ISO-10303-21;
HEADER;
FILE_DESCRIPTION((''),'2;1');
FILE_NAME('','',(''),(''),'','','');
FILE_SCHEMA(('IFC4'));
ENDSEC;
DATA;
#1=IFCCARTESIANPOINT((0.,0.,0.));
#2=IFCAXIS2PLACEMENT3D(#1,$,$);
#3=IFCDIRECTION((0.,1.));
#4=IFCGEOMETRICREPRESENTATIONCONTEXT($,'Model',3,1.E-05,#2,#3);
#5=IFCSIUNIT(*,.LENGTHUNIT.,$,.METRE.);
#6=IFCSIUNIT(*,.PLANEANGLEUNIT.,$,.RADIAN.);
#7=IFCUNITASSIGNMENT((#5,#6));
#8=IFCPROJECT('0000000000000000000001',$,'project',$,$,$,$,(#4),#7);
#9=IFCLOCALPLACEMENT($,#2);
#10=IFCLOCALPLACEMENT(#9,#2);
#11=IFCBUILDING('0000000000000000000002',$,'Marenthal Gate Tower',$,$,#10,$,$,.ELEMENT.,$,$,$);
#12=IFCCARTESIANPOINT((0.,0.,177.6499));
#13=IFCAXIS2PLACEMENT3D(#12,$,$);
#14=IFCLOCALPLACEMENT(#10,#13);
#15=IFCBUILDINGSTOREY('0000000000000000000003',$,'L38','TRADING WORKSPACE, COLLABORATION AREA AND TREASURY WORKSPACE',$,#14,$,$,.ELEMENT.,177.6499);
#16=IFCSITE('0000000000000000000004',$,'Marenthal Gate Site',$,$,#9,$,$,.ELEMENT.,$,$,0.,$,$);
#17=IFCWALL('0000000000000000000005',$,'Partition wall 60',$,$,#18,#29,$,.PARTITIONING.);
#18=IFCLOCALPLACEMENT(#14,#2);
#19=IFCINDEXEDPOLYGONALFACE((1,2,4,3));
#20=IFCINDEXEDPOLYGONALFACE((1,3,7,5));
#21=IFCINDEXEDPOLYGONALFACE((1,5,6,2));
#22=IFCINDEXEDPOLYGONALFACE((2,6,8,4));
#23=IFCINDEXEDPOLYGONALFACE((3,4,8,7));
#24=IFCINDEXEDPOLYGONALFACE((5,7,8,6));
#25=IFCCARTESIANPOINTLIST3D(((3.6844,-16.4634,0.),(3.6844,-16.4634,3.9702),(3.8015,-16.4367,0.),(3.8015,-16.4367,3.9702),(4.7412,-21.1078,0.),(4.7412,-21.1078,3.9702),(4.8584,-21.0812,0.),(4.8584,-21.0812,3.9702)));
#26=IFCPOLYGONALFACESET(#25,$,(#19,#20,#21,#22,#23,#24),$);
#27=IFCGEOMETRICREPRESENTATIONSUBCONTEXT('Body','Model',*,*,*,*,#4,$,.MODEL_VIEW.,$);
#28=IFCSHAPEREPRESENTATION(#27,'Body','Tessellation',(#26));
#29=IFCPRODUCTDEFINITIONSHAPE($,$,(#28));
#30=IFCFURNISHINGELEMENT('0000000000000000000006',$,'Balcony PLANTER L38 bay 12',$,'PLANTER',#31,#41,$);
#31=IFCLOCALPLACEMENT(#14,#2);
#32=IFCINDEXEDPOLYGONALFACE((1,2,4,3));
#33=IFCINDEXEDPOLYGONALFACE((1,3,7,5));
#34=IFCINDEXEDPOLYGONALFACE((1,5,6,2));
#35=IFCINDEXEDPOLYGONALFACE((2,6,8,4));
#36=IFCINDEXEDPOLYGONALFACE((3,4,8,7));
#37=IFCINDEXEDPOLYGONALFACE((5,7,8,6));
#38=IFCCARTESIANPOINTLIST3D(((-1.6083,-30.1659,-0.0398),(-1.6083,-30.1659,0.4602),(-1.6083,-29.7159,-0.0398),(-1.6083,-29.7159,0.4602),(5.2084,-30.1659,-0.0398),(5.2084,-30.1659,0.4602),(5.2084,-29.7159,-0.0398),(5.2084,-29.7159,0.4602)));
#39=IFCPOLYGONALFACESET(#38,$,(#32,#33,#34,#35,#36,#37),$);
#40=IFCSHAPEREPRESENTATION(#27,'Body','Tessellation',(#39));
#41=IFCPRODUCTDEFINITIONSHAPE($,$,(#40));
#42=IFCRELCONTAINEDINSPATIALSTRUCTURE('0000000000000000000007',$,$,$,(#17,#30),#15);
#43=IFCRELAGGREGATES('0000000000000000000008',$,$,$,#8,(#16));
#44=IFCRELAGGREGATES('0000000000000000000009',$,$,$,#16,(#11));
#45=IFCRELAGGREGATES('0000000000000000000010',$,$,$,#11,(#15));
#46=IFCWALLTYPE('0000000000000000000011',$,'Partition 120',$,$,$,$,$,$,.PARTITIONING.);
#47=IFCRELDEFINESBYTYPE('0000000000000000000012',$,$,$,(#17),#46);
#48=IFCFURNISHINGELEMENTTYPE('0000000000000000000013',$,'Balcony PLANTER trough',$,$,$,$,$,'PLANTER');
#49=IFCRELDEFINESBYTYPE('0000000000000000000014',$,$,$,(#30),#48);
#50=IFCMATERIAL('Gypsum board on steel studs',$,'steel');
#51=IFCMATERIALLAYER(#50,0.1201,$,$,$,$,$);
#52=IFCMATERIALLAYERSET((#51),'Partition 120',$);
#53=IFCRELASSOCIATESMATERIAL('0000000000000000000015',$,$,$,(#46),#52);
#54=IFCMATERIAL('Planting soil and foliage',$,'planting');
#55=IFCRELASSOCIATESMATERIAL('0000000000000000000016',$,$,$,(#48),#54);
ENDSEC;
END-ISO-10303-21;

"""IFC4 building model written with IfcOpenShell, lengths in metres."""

from ifc_helpers import new_model, si_unit, direction, frame, frame_2d, origin, origin_2d, place, context, subcontext, project, spatial, rectangle, extrude, material, layer, layer_set, type_object, element, save


model = new_model("IFC4")

# Units and contexts
model_context = context("Model", 3, precision=1e-05, world=origin(), true_north=direction((0.0, 1.0)))
body_context = subcontext(model_context, "Body", "Model", "MODEL_VIEW")
ifc_project = project(units=[si_unit("LENGTHUNIT", "METRE"), si_unit("PLANEANGLEUNIT", "RADIAN")], contexts=[model_context])

# Site, building, storey
site_placement = place(None, origin())
site = spatial("IfcSite", under=ifc_project, at=site_placement, Name="Marenthal Gate Site", CompositionType="ELEMENT", RefElevation=0.0)
building_placement = place(site_placement, origin())
building = spatial("IfcBuilding", under=site, at=building_placement, Name="Marenthal Gate Tower", CompositionType="ELEMENT")
storey_placement = place(building_placement, frame((0.0, 0.0, 177.6499)))
storey = spatial("IfcBuildingStorey", under=building, at=storey_placement, Name="L38", Description="TRADING WORKSPACE, COLLABORATION AREA AND TREASURY WORKSPACE", CompositionType="ELEMENT", Elevation=177.6499)

# Wall
ifc_material_1 = material(Name="Gypsum board on steel studs", Category="steel")
ifc_layer_1 = layer(ifc_material_1, 0.1201)
ifc_layer_set_1 = layer_set([ifc_layer_1], Name="Partition 120")
wall_type = type_object("IfcWallType", Name="Partition 120", PredefinedType="PARTITIONING", material=ifc_layer_set_1)
wall_1_placement = place(storey_placement, frame((4.7998, -21.0945, 0.0), z_axis=(0.0, 0.0, 1.0), x_axis=(-0.221883, 0.975073, 0.0)))
element("IfcWall", 1, at=wall_1_placement, inside=storey, type_object=wall_type, Name="Partition wall 60", PredefinedType="PARTITIONING", context=body_context, shape_type="SweptSolid", body=[
    extrude(rectangle(XDim=4.7632, YDim=0.1201, at=frame_2d((2.3816, 0.0))), origin(), (0.0, 0.0, 1.0), 3.9702),
])

# Furnishing element
ifc_material_2 = material(Name="Planting soil and foliage", Category="planting")
furnishing_element_type = type_object("IfcFurnishingElementType", Name="Balcony PLANTER trough", ElementType="PLANTER", material=ifc_material_2)
furnishing_placement = place(storey_placement, frame((1.8, -29.9409, -0.0398), z_axis=(0.0, 0.0, 1.0), x_axis=(1.0, 0.0, 0.0)))
element("IfcFurnishingElement", 2, at=furnishing_placement, inside=storey, type_object=furnishing_element_type, Name="Balcony PLANTER L38 bay 12", ObjectType="PLANTER", context=body_context, shape_type="SweptSolid", body=[
    extrude(rectangle(XDim=6.8167, YDim=0.45, at=origin_2d()), origin(), (0.0, 0.0, 1.0), 0.5),
])

save(model, "model.ifc")
